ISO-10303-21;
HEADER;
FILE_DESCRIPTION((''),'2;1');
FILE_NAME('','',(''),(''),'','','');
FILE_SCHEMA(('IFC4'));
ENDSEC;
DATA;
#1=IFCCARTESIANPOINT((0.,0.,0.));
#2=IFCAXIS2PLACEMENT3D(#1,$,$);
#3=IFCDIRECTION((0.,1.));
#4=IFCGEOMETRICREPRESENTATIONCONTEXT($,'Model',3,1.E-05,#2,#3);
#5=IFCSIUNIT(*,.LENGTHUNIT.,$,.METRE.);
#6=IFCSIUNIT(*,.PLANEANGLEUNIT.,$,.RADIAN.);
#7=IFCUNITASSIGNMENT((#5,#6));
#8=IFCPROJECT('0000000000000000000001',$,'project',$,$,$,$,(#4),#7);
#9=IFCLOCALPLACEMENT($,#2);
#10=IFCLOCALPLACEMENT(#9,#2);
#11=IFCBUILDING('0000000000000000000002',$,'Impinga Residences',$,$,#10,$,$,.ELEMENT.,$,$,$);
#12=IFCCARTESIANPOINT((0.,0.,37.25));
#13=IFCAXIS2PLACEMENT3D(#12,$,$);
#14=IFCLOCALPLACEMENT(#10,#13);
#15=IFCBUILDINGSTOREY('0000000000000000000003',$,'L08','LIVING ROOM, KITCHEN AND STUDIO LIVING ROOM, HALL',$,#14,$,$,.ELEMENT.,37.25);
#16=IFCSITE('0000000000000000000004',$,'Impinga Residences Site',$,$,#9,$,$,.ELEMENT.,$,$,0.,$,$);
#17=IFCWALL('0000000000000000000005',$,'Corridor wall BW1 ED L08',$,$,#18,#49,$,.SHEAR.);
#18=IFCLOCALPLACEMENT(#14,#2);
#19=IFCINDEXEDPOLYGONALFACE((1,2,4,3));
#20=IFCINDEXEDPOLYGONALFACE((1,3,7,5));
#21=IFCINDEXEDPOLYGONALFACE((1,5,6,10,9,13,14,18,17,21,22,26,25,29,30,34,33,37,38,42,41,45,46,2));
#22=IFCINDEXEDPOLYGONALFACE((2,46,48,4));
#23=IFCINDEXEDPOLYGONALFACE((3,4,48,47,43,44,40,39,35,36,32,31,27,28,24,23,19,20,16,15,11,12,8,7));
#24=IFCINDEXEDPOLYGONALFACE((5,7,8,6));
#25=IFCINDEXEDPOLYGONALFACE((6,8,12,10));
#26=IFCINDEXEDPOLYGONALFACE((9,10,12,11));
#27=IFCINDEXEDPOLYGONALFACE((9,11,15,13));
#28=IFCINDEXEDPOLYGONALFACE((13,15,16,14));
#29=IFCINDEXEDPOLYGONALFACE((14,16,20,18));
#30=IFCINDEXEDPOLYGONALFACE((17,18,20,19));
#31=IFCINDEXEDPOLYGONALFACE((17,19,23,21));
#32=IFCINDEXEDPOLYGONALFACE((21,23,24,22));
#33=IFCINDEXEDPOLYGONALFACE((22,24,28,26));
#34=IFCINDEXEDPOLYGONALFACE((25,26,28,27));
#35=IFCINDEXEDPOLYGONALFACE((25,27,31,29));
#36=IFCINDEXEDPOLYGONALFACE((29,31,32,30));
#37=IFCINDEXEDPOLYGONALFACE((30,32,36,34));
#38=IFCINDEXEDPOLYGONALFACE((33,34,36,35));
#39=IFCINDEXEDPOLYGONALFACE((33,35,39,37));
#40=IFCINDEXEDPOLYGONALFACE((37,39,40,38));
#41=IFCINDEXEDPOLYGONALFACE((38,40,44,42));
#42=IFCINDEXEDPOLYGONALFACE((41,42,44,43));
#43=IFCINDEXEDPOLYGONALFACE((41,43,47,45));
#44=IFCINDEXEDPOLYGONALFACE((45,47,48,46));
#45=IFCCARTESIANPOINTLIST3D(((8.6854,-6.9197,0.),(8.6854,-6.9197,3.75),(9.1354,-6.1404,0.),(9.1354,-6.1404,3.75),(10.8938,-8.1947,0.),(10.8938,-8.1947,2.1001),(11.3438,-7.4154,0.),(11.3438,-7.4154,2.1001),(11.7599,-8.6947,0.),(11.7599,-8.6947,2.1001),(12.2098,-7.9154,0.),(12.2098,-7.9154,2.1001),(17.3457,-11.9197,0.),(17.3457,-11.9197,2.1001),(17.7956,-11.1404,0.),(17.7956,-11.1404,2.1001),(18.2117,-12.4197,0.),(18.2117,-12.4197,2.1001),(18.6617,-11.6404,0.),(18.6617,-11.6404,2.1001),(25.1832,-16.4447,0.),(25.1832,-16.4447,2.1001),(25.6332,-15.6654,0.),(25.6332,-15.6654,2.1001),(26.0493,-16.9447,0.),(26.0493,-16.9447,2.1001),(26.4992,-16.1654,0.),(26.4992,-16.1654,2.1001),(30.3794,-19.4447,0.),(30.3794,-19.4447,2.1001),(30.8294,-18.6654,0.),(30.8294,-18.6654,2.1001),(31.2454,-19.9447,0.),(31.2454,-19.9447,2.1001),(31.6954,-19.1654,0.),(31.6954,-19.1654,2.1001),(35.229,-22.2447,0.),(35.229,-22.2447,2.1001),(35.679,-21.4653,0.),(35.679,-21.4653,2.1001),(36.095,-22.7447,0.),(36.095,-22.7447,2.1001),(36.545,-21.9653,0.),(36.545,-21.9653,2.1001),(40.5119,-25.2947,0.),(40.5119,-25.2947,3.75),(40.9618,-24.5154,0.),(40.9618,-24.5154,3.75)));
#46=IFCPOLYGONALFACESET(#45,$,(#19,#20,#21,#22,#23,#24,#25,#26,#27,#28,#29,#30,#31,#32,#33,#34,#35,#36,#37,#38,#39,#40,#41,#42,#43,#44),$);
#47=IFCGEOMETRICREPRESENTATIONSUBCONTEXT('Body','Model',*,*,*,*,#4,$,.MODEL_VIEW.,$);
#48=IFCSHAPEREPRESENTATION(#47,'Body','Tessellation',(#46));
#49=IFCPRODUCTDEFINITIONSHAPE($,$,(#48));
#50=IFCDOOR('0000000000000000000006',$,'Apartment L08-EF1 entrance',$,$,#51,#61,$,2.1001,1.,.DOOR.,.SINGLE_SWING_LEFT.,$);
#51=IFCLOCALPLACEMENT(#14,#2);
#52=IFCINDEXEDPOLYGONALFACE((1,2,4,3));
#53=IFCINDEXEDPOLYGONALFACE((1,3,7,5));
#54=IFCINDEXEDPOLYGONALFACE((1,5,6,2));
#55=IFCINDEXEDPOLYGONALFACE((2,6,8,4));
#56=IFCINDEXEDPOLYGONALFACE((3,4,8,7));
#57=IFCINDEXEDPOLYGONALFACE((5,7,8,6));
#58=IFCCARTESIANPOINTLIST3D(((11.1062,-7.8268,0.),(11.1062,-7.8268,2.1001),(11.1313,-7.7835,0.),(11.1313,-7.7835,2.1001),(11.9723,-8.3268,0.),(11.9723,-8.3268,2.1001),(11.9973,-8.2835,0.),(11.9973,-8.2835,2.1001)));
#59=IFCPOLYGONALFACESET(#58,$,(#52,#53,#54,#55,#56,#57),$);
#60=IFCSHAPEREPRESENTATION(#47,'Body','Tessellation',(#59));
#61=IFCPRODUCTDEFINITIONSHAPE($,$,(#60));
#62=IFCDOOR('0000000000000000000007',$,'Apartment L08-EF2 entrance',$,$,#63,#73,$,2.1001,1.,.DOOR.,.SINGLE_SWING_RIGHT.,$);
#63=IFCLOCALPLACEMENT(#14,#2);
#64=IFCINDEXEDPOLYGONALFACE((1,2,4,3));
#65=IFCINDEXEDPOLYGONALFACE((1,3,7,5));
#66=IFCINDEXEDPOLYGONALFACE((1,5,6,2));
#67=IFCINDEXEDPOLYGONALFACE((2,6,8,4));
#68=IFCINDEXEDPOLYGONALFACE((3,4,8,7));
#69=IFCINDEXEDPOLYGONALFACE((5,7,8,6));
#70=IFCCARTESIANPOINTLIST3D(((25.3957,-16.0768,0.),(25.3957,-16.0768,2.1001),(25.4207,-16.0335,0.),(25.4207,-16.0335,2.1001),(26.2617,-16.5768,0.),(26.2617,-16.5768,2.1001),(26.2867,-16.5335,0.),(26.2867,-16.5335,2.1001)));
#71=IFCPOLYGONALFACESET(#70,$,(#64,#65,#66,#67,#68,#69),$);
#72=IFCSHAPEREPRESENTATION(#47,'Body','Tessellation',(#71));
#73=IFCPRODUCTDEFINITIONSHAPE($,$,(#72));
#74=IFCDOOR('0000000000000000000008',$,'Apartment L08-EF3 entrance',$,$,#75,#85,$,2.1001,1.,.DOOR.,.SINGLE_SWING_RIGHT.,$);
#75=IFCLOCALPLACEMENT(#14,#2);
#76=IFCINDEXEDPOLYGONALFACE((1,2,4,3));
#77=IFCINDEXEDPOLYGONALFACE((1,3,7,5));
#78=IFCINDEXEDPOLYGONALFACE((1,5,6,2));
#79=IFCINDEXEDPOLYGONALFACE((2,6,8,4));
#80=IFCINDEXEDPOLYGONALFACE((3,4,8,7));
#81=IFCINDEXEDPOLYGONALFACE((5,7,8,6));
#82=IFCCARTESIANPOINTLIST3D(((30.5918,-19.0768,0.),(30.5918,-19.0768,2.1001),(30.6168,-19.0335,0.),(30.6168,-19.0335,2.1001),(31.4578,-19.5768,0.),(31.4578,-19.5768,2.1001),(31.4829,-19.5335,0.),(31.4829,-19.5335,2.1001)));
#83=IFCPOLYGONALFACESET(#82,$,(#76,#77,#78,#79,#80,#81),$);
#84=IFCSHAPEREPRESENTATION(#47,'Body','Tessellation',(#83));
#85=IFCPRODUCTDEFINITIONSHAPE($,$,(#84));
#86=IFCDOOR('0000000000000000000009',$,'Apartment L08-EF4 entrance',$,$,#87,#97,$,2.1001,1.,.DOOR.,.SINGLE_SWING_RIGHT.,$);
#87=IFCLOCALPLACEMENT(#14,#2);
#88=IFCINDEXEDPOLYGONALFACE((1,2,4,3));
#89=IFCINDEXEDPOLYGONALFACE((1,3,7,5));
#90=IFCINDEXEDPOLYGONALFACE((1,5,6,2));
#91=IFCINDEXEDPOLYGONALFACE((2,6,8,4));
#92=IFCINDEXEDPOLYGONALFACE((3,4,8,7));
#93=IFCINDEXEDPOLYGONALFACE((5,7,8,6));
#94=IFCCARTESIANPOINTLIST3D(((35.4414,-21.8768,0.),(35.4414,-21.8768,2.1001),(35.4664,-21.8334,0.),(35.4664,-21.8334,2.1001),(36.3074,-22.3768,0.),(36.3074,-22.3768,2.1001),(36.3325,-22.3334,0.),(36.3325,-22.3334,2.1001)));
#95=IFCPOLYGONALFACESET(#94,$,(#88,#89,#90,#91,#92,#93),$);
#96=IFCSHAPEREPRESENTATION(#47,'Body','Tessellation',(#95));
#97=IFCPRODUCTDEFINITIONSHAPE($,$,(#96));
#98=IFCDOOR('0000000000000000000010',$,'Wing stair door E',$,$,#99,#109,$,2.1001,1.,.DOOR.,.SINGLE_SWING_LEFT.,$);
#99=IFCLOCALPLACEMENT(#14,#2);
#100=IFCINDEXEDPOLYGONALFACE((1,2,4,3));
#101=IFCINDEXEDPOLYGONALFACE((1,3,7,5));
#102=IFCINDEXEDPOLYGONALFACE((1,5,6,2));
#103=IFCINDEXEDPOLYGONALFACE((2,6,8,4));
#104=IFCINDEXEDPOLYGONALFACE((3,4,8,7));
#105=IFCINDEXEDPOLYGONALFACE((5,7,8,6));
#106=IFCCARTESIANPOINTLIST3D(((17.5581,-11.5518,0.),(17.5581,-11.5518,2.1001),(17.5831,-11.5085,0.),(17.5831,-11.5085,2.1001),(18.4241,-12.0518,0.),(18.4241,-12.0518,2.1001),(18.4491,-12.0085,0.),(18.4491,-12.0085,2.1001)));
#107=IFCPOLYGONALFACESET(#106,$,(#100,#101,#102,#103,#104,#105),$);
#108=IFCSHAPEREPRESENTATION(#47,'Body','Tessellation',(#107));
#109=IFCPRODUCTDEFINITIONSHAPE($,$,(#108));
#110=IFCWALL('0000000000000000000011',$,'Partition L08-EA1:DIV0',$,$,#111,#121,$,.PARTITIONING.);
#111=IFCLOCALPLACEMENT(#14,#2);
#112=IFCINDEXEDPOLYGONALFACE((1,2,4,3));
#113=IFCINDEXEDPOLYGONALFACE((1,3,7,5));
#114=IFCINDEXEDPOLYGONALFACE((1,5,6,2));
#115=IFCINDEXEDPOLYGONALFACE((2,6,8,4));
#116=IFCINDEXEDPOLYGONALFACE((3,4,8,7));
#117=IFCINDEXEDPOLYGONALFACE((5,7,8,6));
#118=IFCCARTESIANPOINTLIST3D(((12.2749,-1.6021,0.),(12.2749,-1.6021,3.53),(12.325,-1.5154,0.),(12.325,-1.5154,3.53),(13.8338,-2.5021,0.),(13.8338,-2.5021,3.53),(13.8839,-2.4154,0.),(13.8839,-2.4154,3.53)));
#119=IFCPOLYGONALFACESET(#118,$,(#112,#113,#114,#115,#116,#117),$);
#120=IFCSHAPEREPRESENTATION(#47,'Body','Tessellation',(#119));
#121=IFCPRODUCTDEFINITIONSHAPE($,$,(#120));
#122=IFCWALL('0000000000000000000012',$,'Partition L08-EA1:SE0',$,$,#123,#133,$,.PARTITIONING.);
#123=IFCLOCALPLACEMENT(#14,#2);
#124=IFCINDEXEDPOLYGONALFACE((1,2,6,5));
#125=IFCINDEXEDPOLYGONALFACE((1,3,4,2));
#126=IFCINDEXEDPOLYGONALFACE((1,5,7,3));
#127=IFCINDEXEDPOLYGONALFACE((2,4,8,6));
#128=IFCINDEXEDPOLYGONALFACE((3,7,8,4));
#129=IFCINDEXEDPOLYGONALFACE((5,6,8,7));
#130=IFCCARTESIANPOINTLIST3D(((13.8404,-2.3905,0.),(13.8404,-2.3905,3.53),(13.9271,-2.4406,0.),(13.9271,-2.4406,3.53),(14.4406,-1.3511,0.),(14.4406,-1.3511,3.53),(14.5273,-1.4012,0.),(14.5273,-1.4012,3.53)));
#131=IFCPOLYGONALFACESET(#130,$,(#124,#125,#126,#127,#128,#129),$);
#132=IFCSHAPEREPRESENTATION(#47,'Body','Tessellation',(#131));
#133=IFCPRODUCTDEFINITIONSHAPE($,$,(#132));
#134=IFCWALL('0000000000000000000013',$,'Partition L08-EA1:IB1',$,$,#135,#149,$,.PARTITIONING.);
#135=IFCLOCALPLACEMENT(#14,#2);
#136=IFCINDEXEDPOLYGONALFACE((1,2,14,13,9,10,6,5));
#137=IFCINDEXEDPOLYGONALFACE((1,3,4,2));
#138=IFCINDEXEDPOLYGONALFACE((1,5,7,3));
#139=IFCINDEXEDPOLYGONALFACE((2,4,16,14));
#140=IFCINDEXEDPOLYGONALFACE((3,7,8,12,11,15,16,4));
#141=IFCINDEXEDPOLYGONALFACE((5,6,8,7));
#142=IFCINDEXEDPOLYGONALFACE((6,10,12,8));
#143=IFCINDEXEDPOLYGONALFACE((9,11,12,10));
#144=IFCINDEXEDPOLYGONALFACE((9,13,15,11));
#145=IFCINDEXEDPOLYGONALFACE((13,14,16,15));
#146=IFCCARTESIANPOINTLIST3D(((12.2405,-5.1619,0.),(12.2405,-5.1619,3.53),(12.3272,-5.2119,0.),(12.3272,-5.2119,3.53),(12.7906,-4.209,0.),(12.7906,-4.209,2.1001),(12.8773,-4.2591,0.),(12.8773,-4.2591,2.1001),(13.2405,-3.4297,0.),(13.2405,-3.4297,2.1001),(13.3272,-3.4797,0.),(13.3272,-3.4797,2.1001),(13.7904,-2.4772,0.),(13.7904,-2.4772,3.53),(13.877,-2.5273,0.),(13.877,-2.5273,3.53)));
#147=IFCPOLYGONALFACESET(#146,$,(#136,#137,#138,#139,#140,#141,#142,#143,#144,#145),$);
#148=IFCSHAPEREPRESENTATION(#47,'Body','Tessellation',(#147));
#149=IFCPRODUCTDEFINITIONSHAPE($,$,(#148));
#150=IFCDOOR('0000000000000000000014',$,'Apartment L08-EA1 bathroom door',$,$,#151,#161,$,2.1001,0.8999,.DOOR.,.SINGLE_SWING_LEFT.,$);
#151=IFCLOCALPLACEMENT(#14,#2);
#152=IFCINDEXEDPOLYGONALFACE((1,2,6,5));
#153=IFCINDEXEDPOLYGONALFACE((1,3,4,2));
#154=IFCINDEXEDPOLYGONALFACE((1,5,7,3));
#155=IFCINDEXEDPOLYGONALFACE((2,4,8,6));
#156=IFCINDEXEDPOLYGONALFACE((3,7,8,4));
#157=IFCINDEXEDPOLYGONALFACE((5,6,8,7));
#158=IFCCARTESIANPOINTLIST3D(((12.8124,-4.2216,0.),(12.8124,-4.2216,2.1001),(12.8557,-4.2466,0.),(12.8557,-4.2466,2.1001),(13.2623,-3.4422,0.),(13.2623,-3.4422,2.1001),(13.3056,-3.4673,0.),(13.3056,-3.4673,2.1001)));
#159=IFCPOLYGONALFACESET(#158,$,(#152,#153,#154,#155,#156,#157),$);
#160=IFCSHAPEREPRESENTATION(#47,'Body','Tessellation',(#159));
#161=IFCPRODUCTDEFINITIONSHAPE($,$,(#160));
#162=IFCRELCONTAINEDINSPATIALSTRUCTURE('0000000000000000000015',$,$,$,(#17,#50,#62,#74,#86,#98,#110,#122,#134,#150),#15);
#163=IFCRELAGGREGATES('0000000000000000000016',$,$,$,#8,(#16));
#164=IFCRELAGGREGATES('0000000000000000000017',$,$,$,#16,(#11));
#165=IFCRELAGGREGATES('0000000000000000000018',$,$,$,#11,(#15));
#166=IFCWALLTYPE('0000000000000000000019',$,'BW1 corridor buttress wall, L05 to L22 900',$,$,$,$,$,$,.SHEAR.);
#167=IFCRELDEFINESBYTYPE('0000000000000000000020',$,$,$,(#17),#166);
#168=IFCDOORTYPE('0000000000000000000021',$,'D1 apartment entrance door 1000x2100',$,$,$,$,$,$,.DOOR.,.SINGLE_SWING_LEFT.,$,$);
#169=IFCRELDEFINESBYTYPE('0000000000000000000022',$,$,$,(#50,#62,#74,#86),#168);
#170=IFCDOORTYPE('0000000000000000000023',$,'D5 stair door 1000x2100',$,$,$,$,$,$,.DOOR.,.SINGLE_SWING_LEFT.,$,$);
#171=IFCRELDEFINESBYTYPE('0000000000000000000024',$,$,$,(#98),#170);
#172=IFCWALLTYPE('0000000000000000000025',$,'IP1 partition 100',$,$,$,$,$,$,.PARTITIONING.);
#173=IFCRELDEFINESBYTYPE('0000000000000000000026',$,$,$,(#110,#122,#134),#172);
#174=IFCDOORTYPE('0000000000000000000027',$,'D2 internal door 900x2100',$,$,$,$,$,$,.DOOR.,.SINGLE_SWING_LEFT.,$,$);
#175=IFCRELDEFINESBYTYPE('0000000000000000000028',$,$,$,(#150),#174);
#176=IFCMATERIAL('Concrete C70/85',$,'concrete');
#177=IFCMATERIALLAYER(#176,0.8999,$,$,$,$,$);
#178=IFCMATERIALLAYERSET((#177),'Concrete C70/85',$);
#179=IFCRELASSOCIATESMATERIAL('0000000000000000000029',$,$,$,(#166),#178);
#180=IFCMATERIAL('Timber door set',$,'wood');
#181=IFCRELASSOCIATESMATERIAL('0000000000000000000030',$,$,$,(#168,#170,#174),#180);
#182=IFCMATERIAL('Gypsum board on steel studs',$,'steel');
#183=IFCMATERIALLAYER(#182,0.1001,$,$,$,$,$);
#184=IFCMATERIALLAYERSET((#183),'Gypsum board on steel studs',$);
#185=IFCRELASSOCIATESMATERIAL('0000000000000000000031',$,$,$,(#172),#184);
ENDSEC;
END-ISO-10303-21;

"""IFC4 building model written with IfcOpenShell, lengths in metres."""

from ifc_helpers import new_model, si_unit, direction, frame, frame_2d, origin, place, context, subcontext, project, spatial, rectangle, extrude, material, layer, layer_set, type_object, element, fill, save


model = new_model("IFC4")

# Units and contexts
model_context = context("Model", 3, precision=1e-05, world=origin(), true_north=direction((0.0, 1.0)))
body_context = subcontext(model_context, "Body", "Model", "MODEL_VIEW")
ifc_project = project(units=[si_unit("LENGTHUNIT", "METRE"), si_unit("PLANEANGLEUNIT", "RADIAN")], contexts=[model_context])

# Site, building, storey
site_placement = place(None, origin())
site = spatial("IfcSite", under=ifc_project, at=site_placement, Name="Impinga Residences Site", CompositionType="ELEMENT", RefElevation=0.0)
building_placement = place(site_placement, origin())
building = spatial("IfcBuilding", under=site, at=building_placement, Name="Impinga Residences", CompositionType="ELEMENT")
storey_placement = place(building_placement, frame((0.0, 0.0, 37.25)))
storey = spatial("IfcBuildingStorey", under=building, at=storey_placement, Name="L08", Description="LIVING ROOM, KITCHEN AND STUDIO LIVING ROOM, HALL", CompositionType="ELEMENT", Elevation=37.25)

# Wall, openings, doors
ifc_material_1 = material(Name="Concrete C70/85", Category="concrete")
ifc_layer_1 = layer(ifc_material_1, 0.8999)
ifc_layer_set_1 = layer_set([ifc_layer_1], Name="Concrete C70/85")
wall_type_1 = type_object("IfcWallType", Name="BW1 corridor buttress wall, L05 to L22 900", PredefinedType="SHEAR", material=ifc_layer_set_1)
ifc_material_2 = material(Name="Timber door set", Category="wood")
door_type_1 = type_object("IfcDoorType", Name="D1 apartment entrance door 1000x2100", OperationType="SINGLE_SWING_LEFT", PredefinedType="DOOR", material=ifc_material_2)
wall_1_placement = place(storey_placement, frame((8.9104, -6.53, 0.0), z_axis=(0.0, 0.0, 1.0), x_axis=(0.866025, -0.5, 0.0)))
wall_1 = element("IfcWall", 1, at=wall_1_placement, inside=storey, type_object=wall_type_1, Name="Corridor wall BW1 ED L08", PredefinedType="SHEAR", context=body_context, shape_type="SweptSolid", body=[
    extrude(rectangle(XDim=36.75, YDim=0.8999, at=frame_2d((18.375, 0.0))), origin(), (0.0, 0.0, 1.0), 3.75),
])
opening_1_placement = place(wall_1_placement, frame((10.0, 0.0, 0.0)))
opening_1 = element("IfcOpeningElement", 2, at=opening_1_placement, cuts=wall_1, PredefinedType="OPENING", context=body_context, shape_type="SweptSolid", body=[
    extrude(rectangle(XDim=1.0, YDim=2.1001, at=frame_2d((0.5, 1.05))), frame((0.0, 0.46, 0.0), z_axis=(0.0, -1.0, 0.0), x_axis=(1.0, 0.0, 0.0)), (0.0, 0.0, 1.0), 0.9199),
])
opening_2_placement = place(wall_1_placement, frame((2.55, 0.0, 0.0)))
opening_2 = element("IfcOpeningElement", 3, at=opening_2_placement, cuts=wall_1, PredefinedType="OPENING", context=body_context, shape_type="SweptSolid", body=[
    extrude(rectangle(XDim=1.0, YDim=2.1001, at=frame_2d((0.5, 1.05))), frame((0.0, 0.46, 0.0), z_axis=(0.0, -1.0, 0.0), x_axis=(1.0, 0.0, 0.0)), (0.0, 0.0, 1.0), 0.9199),
])
opening_3_placement = place(wall_1_placement, frame((19.05, 0.0, 0.0)))
opening_3 = element("IfcOpeningElement", 4, at=opening_3_placement, cuts=wall_1, PredefinedType="OPENING", context=body_context, shape_type="SweptSolid", body=[
    extrude(rectangle(XDim=1.0, YDim=2.1001, at=frame_2d((0.5, 1.05))), frame((0.0, 0.46, 0.0), z_axis=(0.0, -1.0, 0.0), x_axis=(1.0, 0.0, 0.0)), (0.0, 0.0, 1.0), 0.9199),
])
opening_4_placement = place(wall_1_placement, frame((25.05, 0.0, 0.0)))
opening_4 = element("IfcOpeningElement", 5, at=opening_4_placement, cuts=wall_1, PredefinedType="OPENING", context=body_context, shape_type="SweptSolid", body=[
    extrude(rectangle(XDim=1.0, YDim=2.1001, at=frame_2d((0.5, 1.05))), frame((0.0, 0.46, 0.0), z_axis=(0.0, -1.0, 0.0), x_axis=(1.0, 0.0, 0.0)), (0.0, 0.0, 1.0), 0.9199),
])
opening_5_placement = place(wall_1_placement, frame((30.6499, 0.0, 0.0)))
opening_5 = element("IfcOpeningElement", 6, at=opening_5_placement, cuts=wall_1, PredefinedType="OPENING", context=body_context, shape_type="SweptSolid", body=[
    extrude(rectangle(XDim=1.0, YDim=2.1001, at=frame_2d((0.5, 1.05))), frame((0.0, 0.46, 0.0), z_axis=(0.0, -1.0, 0.0), x_axis=(1.0, 0.0, 0.0)), (0.0, 0.0, 1.0), 0.9199),
])
door_1_placement = place(opening_2_placement, origin())
door_1 = element("IfcDoor", 7, at=door_1_placement, inside=storey, type_object=door_type_1, Name="Apartment L08-EF1 entrance", OperationType="SINGLE_SWING_LEFT", OverallHeight=2.1001, OverallWidth=1.0, PredefinedType="DOOR", context=body_context, shape_type="SweptSolid", body=[
    extrude(rectangle(XDim=1.0, YDim=2.1001, at=frame_2d((0.5, 1.05))), frame((0.0, 0.0249, 0.0), z_axis=(0.0, -1.0, 0.0), x_axis=(1.0, 0.0, 0.0)), (0.0, 0.0, 1.0), 0.05),
])
fill(opening_2, door_1)
door_2_placement = place(opening_3_placement, origin())
door_2 = element("IfcDoor", 8, at=door_2_placement, inside=storey, type_object=door_type_1, Name="Apartment L08-EF2 entrance", OperationType="SINGLE_SWING_RIGHT", OverallHeight=2.1001, OverallWidth=1.0, PredefinedType="DOOR", context=body_context, shape_type="SweptSolid", body=[
    extrude(rectangle(XDim=1.0, YDim=2.1001, at=frame_2d((0.5, 1.05))), frame((0.0, 0.0249, 0.0), z_axis=(0.0, -1.0, 0.0), x_axis=(1.0, 0.0, 0.0)), (0.0, 0.0, 1.0), 0.05),
])
fill(opening_3, door_2)
door_3_placement = place(opening_4_placement, origin())
door_3 = element("IfcDoor", 9, at=door_3_placement, inside=storey, type_object=door_type_1, Name="Apartment L08-EF3 entrance", OperationType="SINGLE_SWING_RIGHT", OverallHeight=2.1001, OverallWidth=1.0, PredefinedType="DOOR", context=body_context, shape_type="SweptSolid", body=[
    extrude(rectangle(XDim=1.0, YDim=2.1001, at=frame_2d((0.5, 1.05))), frame((0.0, 0.0249, 0.0), z_axis=(0.0, -1.0, 0.0), x_axis=(1.0, 0.0, 0.0)), (0.0, 0.0, 1.0), 0.05),
])
fill(opening_4, door_3)
door_4_placement = place(opening_5_placement, origin())
door_4 = element("IfcDoor", 10, at=door_4_placement, inside=storey, type_object=door_type_1, Name="Apartment L08-EF4 entrance", OperationType="SINGLE_SWING_RIGHT", OverallHeight=2.1001, OverallWidth=1.0, PredefinedType="DOOR", context=body_context, shape_type="SweptSolid", body=[
    extrude(rectangle(XDim=1.0, YDim=2.1001, at=frame_2d((0.5, 1.05))), frame((0.0, 0.0249, 0.0), z_axis=(0.0, -1.0, 0.0), x_axis=(1.0, 0.0, 0.0)), (0.0, 0.0, 1.0), 0.05),
])
fill(opening_5, door_4)
door_type_2 = type_object("IfcDoorType", Name="D5 stair door 1000x2100", OperationType="SINGLE_SWING_LEFT", PredefinedType="DOOR", material=ifc_material_2)
door_5_placement = place(opening_1_placement, origin())
door_5 = element("IfcDoor", 11, at=door_5_placement, inside=storey, type_object=door_type_2, Name="Wing stair door E", OperationType="SINGLE_SWING_LEFT", OverallHeight=2.1001, OverallWidth=1.0, PredefinedType="DOOR", context=body_context, shape_type="SweptSolid", body=[
    extrude(rectangle(XDim=1.0, YDim=2.1001, at=frame_2d((0.5, 1.05))), frame((0.0, 0.0249, 0.0), z_axis=(0.0, -1.0, 0.0), x_axis=(1.0, 0.0, 0.0)), (0.0, 0.0, 1.0), 0.05),
])
fill(opening_1, door_5)

# Walls
ifc_material_3 = material(Name="Gypsum board on steel studs", Category="steel")
ifc_layer_2 = layer(ifc_material_3, 0.1001)
ifc_layer_set_2 = layer_set([ifc_layer_2], Name="Gypsum board on steel studs")
wall_type_2 = type_object("IfcWallType", Name="IP1 partition 100", PredefinedType="PARTITIONING", material=ifc_layer_set_2)
wall_2_placement = place(storey_placement, frame((12.3, -1.5588, 0.0), z_axis=(0.0, 0.0, 1.0), x_axis=(0.866048, -0.499961, 0.0)))
element("IfcWall", 12, at=wall_2_placement, inside=storey, type_object=wall_type_2, Name="Partition L08-EA1:DIV0", PredefinedType="PARTITIONING", context=body_context, shape_type="SweptSolid", body=[
    extrude(rectangle(XDim=1.8, YDim=0.1001, at=frame_2d((0.8999, 0.0))), origin(), (0.0, 0.0, 1.0), 3.53),
])
wall_3_placement = place(storey_placement, frame((13.8838, -2.4155, 0.0), z_axis=(0.0, 0.0, 1.0), x_axis=(0.500034, 0.866006, 0.0)))
element("IfcWall", 13, at=wall_3_placement, inside=storey, type_object=wall_type_2, Name="Partition L08-EA1:SE0", PredefinedType="PARTITIONING", context=body_context, shape_type="SweptSolid", body=[
    extrude(rectangle(XDim=1.2002, YDim=0.1001, at=frame_2d((0.6001, 0.0))), origin(), (0.0, 0.0, 1.0), 3.53),
])

# Wall, opening, door
wall_4_placement = place(storey_placement, frame((12.2839, -5.1868, 0.0), z_axis=(0.0, 0.0, 1.0), x_axis=(0.499968, 0.866044, 0.0)))
wall_4 = element("IfcWall", 14, at=wall_4_placement, inside=storey, type_object=wall_type_2, Name="Partition L08-EA1:IB1", PredefinedType="PARTITIONING", context=body_context, shape_type="SweptSolid", body=[
    extrude(rectangle(XDim=3.0999, YDim=0.1001, at=frame_2d((1.5498, 0.0))), origin(), (0.0, 0.0, 1.0), 3.53),
])
opening_6_placement = place(wall_4_placement, frame((1.1001, 0.0, 0.0)))
opening_6 = element("IfcOpeningElement", 15, at=opening_6_placement, cuts=wall_4, PredefinedType="OPENING", context=body_context, shape_type="SweptSolid", body=[
    extrude(rectangle(XDim=0.8999, YDim=2.1001, at=frame_2d((0.45, 1.05))), frame((0.0, 0.0601, 0.0), z_axis=(0.0, -1.0, 0.0), x_axis=(1.0, 0.0, 0.0)), (0.0, 0.0, 1.0), 0.1201),
])
door_type_3 = type_object("IfcDoorType", Name="D2 internal door 900x2100", OperationType="SINGLE_SWING_LEFT", PredefinedType="DOOR", material=ifc_material_2)
door_6_placement = place(opening_6_placement, origin())
door_6 = element("IfcDoor", 16, at=door_6_placement, inside=storey, type_object=door_type_3, Name="Apartment L08-EA1 bathroom door", OperationType="SINGLE_SWING_LEFT", OverallHeight=2.1001, OverallWidth=0.8999, PredefinedType="DOOR", context=body_context, shape_type="SweptSolid", body=[
    extrude(rectangle(XDim=0.8999, YDim=2.1001, at=frame_2d((0.45, 1.05))), frame((0.0, 0.0249, 0.0), z_axis=(0.0, -1.0, 0.0), x_axis=(1.0, 0.0, 0.0)), (0.0, 0.0, 1.0), 0.05),
])
fill(opening_6, door_6)

save(model, "model.ifc")
